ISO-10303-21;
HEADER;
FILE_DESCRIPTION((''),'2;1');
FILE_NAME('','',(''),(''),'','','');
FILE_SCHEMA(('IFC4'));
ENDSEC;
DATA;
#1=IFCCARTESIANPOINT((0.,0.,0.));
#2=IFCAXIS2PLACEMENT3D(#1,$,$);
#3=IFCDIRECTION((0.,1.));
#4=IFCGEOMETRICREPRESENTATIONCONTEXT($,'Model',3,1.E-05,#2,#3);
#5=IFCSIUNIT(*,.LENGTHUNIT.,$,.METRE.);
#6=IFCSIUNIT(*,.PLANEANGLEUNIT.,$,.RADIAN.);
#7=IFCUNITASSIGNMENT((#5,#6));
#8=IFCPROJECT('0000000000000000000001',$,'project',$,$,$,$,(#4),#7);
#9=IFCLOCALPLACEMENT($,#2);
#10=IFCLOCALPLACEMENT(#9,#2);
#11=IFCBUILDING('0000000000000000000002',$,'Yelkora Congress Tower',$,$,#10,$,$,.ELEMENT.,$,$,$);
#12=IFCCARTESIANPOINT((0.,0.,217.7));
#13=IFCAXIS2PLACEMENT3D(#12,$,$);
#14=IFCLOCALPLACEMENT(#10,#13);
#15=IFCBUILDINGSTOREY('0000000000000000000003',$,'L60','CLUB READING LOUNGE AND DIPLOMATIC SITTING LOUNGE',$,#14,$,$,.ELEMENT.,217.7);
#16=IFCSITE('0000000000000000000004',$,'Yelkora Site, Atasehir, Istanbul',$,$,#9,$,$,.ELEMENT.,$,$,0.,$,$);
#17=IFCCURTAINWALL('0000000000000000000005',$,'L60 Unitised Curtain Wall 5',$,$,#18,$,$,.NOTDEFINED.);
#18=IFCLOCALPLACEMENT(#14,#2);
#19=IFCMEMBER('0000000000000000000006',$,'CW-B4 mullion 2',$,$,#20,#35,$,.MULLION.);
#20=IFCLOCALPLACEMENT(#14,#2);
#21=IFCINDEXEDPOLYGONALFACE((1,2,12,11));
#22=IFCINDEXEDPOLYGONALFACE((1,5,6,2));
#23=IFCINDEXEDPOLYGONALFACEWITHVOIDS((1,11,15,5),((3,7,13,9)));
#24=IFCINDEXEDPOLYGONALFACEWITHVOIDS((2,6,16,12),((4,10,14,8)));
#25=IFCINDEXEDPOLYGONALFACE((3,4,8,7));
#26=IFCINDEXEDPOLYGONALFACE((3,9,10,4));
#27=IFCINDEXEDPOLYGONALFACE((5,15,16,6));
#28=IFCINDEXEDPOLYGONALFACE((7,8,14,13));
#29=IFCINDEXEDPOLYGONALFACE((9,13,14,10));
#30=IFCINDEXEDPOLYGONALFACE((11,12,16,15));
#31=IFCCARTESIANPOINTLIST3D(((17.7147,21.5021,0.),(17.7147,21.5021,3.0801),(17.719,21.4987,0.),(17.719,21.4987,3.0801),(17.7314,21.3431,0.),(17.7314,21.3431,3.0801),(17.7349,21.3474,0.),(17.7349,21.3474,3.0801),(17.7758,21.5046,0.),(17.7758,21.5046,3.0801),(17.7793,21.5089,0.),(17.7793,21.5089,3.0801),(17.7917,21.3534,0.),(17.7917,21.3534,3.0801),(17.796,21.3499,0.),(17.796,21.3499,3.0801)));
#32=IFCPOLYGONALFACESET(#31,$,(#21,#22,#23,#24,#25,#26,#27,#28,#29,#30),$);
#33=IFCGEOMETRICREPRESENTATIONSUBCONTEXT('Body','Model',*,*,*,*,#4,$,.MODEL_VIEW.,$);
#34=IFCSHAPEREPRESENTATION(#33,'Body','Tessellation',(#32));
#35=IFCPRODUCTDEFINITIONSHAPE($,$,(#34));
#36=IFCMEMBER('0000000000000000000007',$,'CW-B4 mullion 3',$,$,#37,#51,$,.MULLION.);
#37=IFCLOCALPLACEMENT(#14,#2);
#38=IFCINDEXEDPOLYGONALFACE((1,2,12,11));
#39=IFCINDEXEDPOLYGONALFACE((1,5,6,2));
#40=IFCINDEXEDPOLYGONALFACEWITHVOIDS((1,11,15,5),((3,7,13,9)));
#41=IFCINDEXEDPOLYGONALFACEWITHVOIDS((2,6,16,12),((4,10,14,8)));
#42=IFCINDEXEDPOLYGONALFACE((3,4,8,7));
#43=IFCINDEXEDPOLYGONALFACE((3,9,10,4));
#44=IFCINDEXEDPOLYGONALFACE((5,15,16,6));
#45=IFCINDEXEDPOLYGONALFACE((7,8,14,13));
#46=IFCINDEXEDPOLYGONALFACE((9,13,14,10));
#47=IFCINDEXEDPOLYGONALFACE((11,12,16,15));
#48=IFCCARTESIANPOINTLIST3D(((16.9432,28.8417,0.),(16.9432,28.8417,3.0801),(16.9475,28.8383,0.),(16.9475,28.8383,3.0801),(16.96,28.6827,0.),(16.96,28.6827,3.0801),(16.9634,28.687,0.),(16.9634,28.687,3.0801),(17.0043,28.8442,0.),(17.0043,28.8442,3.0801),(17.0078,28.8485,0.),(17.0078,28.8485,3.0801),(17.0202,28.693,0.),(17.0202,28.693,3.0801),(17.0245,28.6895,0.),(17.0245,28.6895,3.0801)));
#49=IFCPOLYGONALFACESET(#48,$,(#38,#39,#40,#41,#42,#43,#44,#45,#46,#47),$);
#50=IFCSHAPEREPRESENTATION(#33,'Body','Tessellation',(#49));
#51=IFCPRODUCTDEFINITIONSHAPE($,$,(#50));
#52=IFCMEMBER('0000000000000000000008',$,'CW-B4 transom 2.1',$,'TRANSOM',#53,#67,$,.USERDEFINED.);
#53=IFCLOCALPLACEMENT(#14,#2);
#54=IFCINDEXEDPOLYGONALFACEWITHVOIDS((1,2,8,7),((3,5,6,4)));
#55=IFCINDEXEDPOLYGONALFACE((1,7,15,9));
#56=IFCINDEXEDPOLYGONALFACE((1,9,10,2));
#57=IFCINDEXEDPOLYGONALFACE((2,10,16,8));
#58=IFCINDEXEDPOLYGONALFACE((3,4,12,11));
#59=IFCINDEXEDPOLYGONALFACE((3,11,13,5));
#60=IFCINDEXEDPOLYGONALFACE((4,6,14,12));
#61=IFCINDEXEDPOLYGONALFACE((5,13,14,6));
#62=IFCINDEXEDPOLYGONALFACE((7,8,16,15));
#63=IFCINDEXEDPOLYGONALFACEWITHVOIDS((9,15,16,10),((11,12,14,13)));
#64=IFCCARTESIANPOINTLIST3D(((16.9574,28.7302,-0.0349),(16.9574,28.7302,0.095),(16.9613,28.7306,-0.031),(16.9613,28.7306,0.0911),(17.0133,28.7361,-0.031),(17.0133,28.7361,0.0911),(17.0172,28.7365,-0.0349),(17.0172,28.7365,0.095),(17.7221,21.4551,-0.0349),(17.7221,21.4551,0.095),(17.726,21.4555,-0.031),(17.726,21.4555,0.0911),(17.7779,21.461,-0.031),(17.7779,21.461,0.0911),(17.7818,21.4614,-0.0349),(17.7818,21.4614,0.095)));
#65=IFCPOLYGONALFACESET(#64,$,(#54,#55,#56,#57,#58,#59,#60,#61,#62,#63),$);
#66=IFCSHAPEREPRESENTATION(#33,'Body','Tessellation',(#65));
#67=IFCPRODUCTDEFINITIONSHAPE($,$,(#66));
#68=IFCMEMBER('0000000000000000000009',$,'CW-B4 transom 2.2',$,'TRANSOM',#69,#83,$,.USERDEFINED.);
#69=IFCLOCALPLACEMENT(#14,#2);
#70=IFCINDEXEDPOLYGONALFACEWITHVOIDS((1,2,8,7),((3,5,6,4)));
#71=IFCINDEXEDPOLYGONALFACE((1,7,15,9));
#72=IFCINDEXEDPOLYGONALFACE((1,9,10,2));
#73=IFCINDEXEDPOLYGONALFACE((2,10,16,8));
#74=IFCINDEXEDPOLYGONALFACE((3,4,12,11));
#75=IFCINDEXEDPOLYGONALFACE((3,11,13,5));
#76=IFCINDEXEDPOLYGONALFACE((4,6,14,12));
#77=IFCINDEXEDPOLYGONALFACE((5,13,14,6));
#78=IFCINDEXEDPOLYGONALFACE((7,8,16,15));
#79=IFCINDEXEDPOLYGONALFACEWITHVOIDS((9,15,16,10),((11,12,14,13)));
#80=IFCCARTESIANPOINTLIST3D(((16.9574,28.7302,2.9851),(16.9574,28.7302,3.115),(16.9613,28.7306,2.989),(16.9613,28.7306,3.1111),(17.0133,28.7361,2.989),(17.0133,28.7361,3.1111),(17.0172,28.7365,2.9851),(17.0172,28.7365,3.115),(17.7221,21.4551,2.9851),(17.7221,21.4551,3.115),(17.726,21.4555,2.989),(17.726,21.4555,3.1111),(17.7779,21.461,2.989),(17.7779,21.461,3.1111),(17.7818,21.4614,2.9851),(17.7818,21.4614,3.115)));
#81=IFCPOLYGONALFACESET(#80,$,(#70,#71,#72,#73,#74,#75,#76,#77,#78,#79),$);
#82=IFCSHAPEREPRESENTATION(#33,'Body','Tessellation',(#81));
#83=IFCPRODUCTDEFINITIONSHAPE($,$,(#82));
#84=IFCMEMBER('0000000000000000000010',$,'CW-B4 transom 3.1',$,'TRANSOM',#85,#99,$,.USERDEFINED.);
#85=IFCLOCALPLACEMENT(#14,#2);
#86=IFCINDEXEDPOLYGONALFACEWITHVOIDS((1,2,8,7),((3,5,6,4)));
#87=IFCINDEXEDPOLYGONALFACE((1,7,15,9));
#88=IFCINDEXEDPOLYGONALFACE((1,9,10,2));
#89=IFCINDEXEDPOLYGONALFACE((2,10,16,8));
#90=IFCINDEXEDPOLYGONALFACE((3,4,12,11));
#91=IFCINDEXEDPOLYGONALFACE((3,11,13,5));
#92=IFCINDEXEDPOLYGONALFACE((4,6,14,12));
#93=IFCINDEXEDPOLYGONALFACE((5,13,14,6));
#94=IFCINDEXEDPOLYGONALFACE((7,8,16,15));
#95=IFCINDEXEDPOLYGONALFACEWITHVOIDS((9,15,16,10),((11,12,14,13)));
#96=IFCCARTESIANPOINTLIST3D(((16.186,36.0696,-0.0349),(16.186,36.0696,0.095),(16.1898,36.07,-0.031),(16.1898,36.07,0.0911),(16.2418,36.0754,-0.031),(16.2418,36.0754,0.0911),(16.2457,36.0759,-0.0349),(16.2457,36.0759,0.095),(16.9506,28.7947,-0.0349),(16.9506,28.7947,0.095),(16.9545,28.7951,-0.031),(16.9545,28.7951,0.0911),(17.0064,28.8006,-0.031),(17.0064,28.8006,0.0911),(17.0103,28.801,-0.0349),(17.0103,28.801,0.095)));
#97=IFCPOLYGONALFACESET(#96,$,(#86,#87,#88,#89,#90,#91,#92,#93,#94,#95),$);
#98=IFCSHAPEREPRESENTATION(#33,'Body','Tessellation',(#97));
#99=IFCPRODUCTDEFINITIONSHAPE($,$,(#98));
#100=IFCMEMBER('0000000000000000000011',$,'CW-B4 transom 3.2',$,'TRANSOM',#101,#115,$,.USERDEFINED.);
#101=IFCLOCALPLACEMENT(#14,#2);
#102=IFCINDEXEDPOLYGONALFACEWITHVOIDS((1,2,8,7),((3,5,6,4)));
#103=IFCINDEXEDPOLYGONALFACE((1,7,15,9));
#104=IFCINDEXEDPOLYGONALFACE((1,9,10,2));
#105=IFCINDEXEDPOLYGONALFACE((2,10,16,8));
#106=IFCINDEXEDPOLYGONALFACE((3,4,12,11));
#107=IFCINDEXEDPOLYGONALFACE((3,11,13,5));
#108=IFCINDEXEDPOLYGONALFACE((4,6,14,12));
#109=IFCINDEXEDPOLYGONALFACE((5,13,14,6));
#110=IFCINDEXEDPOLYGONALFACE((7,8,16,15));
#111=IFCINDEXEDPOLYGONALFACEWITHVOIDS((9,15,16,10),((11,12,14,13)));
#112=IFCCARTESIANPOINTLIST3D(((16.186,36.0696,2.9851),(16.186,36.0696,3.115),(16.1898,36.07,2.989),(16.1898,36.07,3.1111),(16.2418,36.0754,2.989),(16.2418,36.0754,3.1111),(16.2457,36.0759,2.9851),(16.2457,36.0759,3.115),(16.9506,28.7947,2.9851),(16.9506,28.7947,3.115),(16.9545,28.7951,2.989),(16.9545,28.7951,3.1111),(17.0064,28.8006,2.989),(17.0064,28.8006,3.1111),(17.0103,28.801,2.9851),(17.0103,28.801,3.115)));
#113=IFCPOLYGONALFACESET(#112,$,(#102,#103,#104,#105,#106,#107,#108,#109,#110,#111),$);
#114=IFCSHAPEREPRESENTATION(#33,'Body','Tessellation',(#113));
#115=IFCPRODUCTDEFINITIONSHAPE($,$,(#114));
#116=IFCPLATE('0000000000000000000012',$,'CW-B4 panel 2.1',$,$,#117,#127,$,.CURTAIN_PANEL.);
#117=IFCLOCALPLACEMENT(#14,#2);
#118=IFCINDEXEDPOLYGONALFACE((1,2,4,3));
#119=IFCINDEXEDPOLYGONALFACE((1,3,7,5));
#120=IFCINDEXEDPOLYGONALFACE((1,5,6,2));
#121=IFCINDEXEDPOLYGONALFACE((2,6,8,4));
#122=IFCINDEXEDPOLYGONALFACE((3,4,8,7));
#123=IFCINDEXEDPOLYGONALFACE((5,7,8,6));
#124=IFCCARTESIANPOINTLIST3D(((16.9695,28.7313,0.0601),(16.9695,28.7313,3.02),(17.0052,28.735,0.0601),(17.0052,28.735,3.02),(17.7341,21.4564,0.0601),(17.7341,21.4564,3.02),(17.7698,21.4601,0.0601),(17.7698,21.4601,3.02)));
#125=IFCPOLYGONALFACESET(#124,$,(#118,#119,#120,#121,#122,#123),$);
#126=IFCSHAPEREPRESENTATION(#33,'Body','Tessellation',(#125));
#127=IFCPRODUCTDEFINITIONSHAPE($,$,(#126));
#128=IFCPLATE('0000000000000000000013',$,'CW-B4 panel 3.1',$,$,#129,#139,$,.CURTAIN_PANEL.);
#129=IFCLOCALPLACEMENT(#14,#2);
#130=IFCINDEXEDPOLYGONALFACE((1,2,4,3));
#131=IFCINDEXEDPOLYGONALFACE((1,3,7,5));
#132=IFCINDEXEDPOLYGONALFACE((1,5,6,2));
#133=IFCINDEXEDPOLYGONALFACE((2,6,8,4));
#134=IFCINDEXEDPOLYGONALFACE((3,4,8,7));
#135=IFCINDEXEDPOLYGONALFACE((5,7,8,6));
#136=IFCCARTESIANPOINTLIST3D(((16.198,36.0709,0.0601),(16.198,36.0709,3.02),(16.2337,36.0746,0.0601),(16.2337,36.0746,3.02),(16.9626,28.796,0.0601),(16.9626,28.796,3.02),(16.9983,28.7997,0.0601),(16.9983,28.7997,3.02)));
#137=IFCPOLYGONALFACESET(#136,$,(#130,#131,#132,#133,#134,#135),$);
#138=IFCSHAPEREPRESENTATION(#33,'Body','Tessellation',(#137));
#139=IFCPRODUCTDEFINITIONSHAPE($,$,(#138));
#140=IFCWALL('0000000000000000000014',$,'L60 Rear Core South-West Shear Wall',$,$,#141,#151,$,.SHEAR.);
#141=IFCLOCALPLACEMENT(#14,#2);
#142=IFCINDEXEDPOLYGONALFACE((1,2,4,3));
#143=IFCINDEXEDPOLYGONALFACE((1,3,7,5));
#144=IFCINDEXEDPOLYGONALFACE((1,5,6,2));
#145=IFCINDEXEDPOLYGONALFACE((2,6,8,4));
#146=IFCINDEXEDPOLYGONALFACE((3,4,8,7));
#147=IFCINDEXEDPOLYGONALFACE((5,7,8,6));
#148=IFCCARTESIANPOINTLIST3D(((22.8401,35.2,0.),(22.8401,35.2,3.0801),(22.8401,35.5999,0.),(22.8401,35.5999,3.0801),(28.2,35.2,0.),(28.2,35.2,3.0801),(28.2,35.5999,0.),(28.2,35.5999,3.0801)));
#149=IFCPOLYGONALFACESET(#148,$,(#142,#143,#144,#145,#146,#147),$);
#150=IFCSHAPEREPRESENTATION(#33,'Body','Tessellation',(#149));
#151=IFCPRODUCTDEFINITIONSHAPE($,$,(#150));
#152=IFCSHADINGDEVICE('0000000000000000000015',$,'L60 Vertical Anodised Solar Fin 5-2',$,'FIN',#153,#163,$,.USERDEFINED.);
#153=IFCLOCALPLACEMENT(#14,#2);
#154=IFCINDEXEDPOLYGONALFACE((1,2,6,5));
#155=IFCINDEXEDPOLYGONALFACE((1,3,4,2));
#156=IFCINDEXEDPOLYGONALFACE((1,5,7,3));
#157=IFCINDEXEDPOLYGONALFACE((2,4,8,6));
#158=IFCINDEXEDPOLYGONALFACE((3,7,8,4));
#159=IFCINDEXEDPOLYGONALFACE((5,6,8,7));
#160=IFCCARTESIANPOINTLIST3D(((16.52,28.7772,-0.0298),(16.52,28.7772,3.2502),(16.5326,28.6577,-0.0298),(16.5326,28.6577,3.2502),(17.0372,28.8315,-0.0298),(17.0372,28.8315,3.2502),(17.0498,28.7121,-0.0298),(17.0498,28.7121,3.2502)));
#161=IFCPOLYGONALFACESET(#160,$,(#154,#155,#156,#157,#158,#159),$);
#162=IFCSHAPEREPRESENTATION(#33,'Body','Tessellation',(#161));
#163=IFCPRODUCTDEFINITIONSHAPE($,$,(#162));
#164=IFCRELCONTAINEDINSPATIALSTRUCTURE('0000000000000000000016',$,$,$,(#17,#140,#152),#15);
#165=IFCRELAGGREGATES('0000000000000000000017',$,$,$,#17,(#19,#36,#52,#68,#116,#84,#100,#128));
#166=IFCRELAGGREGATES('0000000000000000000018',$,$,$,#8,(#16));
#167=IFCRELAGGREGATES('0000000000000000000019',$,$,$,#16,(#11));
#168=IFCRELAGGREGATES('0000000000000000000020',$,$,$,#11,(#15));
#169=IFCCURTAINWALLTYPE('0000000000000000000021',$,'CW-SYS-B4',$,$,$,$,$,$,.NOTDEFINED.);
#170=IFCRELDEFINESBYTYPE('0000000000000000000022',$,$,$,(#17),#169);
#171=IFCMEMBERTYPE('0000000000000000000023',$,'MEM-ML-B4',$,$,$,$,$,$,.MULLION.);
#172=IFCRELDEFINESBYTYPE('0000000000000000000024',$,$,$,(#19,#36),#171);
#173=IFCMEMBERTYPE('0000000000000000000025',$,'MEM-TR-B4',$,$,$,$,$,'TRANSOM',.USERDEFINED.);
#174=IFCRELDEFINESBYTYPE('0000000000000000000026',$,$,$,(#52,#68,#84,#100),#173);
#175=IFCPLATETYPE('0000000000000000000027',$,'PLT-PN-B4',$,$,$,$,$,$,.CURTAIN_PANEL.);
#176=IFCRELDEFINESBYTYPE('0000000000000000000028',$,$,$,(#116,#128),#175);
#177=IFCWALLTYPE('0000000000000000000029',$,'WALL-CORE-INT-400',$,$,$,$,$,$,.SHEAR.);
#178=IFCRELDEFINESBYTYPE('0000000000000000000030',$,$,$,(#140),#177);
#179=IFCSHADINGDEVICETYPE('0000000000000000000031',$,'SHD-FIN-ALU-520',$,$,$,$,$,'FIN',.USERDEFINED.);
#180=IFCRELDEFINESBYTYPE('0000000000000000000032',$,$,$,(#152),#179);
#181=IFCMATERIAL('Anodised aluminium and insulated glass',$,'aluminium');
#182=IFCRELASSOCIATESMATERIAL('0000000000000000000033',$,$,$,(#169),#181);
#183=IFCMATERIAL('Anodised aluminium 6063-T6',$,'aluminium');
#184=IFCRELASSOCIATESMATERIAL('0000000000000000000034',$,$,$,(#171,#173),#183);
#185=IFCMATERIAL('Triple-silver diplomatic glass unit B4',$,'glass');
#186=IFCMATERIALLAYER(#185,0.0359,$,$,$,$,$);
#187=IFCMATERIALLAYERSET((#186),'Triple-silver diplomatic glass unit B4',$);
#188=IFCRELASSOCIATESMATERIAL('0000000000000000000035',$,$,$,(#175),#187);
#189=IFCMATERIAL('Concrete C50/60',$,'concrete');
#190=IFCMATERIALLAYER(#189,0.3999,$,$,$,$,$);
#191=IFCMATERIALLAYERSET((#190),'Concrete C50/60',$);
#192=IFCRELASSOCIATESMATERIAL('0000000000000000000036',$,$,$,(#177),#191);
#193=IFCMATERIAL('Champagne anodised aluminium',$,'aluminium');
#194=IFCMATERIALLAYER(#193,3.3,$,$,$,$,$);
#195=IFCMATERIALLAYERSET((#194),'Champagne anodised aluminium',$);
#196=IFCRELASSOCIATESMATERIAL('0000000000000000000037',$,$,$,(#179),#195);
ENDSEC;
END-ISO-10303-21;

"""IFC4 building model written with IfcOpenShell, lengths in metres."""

from ifc_helpers import new_model, si_unit, direction, frame, frame_2d, origin, origin_2d, place, context, subcontext, project, spatial, rectangle, hollow_rectangle, extrude, material, layer, layer_set, material_profile, profile_set, type_object, element, aggregate, save


model = new_model("IFC4")

# Units and contexts
model_context = context("Model", 3, precision=1e-05, world=origin(), true_north=direction((0.0, 1.0)))
body_context = subcontext(model_context, "Body", "Model", "MODEL_VIEW")
ifc_project = project(units=[si_unit("LENGTHUNIT", "METRE"), si_unit("PLANEANGLEUNIT", "RADIAN")], contexts=[model_context])

# Site, building, storey
site_placement = place(None, origin())
site = spatial("IfcSite", under=ifc_project, at=site_placement, Name="Yelkora Site, Atasehir, Istanbul", CompositionType="ELEMENT", RefElevation=0.0)
building_placement = place(site_placement, origin())
building = spatial("IfcBuilding", under=site, at=building_placement, Name="Yelkora Congress Tower", CompositionType="ELEMENT")
storey_placement = place(building_placement, frame((0.0, 0.0, 217.7)))
storey = spatial("IfcBuildingStorey", under=building, at=storey_placement, Name="L60", Description="CLUB READING LOUNGE AND DIPLOMATIC SITTING LOUNGE", CompositionType="ELEMENT", Elevation=217.7)

# Curtain wall, members, plates
ifc_material_1 = material(Name="Anodised aluminium and insulated glass", Category="aluminium")
curtain_wall_type = type_object("IfcCurtainWallType", Name="CW-SYS-B4", PredefinedType="NOTDEFINED", material=ifc_material_1)
curtain_wall_placement = place(storey_placement, origin())
curtain_wall = element("IfcCurtainWall", 1, at=curtain_wall_placement, inside=storey, type_object=curtain_wall_type, Name="L60 Unitised Curtain Wall 5", PredefinedType="NOTDEFINED")
ifc_material_2 = material(Name="Anodised aluminium 6063-T6", Category="aluminium")
ifc_material_profile_1 = material_profile(ifc_material_2, hollow_rectangle(XDim=0.0649, YDim=0.1599, WallThickness=0.0039, at=origin_2d()), Name="ALU 65x160x4")
ifc_profile_set_1 = profile_set([ifc_material_profile_1], Name="Anodised aluminium 6063-T6")
member_type_1 = type_object("IfcMemberType", Name="MEM-ML-B4", PredefinedType="MULLION", material=ifc_profile_set_1)
member_1_placement = place(storey_placement, frame((17.7554, 21.426, 0.0), z_axis=(0.0, 0.0, 1.0), x_axis=(-0.994522, -0.104526, 0.0)))
member_1 = element("IfcMember", 2, at=member_1_placement, type_object=member_type_1, Name="CW-B4 mullion 2", PredefinedType="MULLION", context=body_context, shape_type="SweptSolid", body=[
    extrude(hollow_rectangle(XDim=0.0649, YDim=0.1599, WallThickness=0.0039, at=origin_2d()), origin(), (0.0, 0.0, 1.0), 3.0801),
])
member_2_placement = place(storey_placement, frame((16.9839, 28.7656, 0.0), z_axis=(0.0, 0.0, 1.0), x_axis=(-0.994522, -0.104526, 0.0)))
member_2 = element("IfcMember", 3, at=member_2_placement, type_object=member_type_1, Name="CW-B4 mullion 3", PredefinedType="MULLION", context=body_context, shape_type="SweptSolid", body=[
    extrude(hollow_rectangle(XDim=0.0649, YDim=0.1599, WallThickness=0.0039, at=origin_2d()), origin(), (0.0, 0.0, 1.0), 3.0801),
])
ifc_material_profile_2 = material_profile(ifc_material_2, hollow_rectangle(XDim=0.0601, YDim=0.1299, WallThickness=0.0039, at=origin_2d()), Name="ALU 60x130x4")
ifc_profile_set_2 = profile_set([ifc_material_profile_2], Name="Anodised aluminium 6063-T6")
member_type_2 = type_object("IfcMemberType", Name="MEM-TR-B4", ElementType="TRANSOM", PredefinedType="USERDEFINED", material=ifc_profile_set_2)
member_3_placement = place(storey_placement, frame((17.752, 21.4583, 0.03), z_axis=(-0.104528, 0.994522, 0.0), x_axis=(-0.994522, -0.104528, 0.0)))
member_3 = element("IfcMember", 4, at=member_3_placement, type_object=member_type_2, Name="CW-B4 transom 2.1", ObjectType="TRANSOM", PredefinedType="USERDEFINED", context=body_context, shape_type="SweptSolid", body=[
    extrude(hollow_rectangle(XDim=0.0601, YDim=0.1299, WallThickness=0.0039, at=origin_2d()), origin(), (0.0, 0.0, 1.0), 7.3152),
])
member_4_placement = place(storey_placement, frame((17.752, 21.4583, 3.05), z_axis=(-0.104528, 0.994522, 0.0), x_axis=(-0.994522, -0.104528, 0.0)))
member_4 = element("IfcMember", 5, at=member_4_placement, type_object=member_type_2, Name="CW-B4 transom 2.2", ObjectType="TRANSOM", PredefinedType="USERDEFINED", context=body_context, shape_type="SweptSolid", body=[
    extrude(hollow_rectangle(XDim=0.0601, YDim=0.1299, WallThickness=0.0039, at=origin_2d()), origin(), (0.0, 0.0, 1.0), 7.3152),
])
member_5_placement = place(storey_placement, frame((16.9805, 28.7979, 0.03), z_axis=(-0.104532, 0.994522, 0.0), x_axis=(-0.994522, -0.104532, 0.0)))
member_5 = element("IfcMember", 6, at=member_5_placement, type_object=member_type_2, Name="CW-B4 transom 3.1", ObjectType="TRANSOM", PredefinedType="USERDEFINED", context=body_context, shape_type="SweptSolid", body=[
    extrude(hollow_rectangle(XDim=0.0601, YDim=0.1299, WallThickness=0.0039, at=origin_2d()), origin(), (0.0, 0.0, 1.0), 7.3149),
])
member_6_placement = place(storey_placement, frame((16.9805, 28.7979, 3.05), z_axis=(-0.104532, 0.994522, 0.0), x_axis=(-0.994522, -0.104532, 0.0)))
member_6 = element("IfcMember", 7, at=member_6_placement, type_object=member_type_2, Name="CW-B4 transom 3.2", ObjectType="TRANSOM", PredefinedType="USERDEFINED", context=body_context, shape_type="SweptSolid", body=[
    extrude(hollow_rectangle(XDim=0.0601, YDim=0.1299, WallThickness=0.0039, at=origin_2d()), origin(), (0.0, 0.0, 1.0), 7.3149),
])
ifc_material_3 = material(Name="Triple-silver diplomatic glass unit B4", Category="glass")
ifc_layer_1 = layer(ifc_material_3, 0.0359)
ifc_layer_set_1 = layer_set([ifc_layer_1], Name="Triple-silver diplomatic glass unit B4")
plate_type = type_object("IfcPlateType", Name="PLT-PN-B4", PredefinedType="CURTAIN_PANEL", material=ifc_layer_set_1)
plate_1_placement = place(storey_placement, frame((17.3696, 25.0957, 0.0601), z_axis=(0.0, 0.0, 1.0), x_axis=(-0.104526, 0.994522, 0.0)))
plate_1 = element("IfcPlate", 8, at=plate_1_placement, type_object=plate_type, Name="CW-B4 panel 2.1", PredefinedType="CURTAIN_PANEL", context=body_context, shape_type="SweptSolid", body=[
    extrude(rectangle(XDim=7.3149, YDim=0.0359, at=origin_2d()), origin(), (0.0, 0.0, 1.0), 2.96),
])
plate_2_placement = place(storey_placement, frame((16.5981, 32.4353, 0.0601), z_axis=(0.0, 0.0, 1.0), x_axis=(-0.104526, 0.994522, 0.0)))
plate_2 = element("IfcPlate", 9, at=plate_2_placement, type_object=plate_type, Name="CW-B4 panel 3.1", PredefinedType="CURTAIN_PANEL", context=body_context, shape_type="SweptSolid", body=[
    extrude(rectangle(XDim=7.3149, YDim=0.0359, at=origin_2d()), origin(), (0.0, 0.0, 1.0), 2.96),
])
aggregate(curtain_wall, [member_1, member_2, member_3, member_4, plate_1, member_5, member_6, plate_2])

# Wall
ifc_material_4 = material(Name="Concrete C50/60", Category="concrete")
ifc_layer_2 = layer(ifc_material_4, 0.3999)
ifc_layer_set_2 = layer_set([ifc_layer_2], Name="Concrete C50/60")
wall_type = type_object("IfcWallType", Name="WALL-CORE-INT-400", PredefinedType="SHEAR", material=ifc_layer_set_2)
wall_placement = place(storey_placement, frame((22.8401, 35.3999, 0.0), z_axis=(0.0, 0.0, 1.0), x_axis=(1.0, 0.0, 0.0)))
element("IfcWall", 10, at=wall_placement, inside=storey, type_object=wall_type, Name="L60 Rear Core South-West Shear Wall", PredefinedType="SHEAR", context=body_context, shape_type="SweptSolid", body=[
    extrude(rectangle(XDim=5.3599, YDim=0.3999, at=frame_2d((2.6799, 0.0))), origin(), (0.0, 0.0, 1.0), 3.0801),
])

# Shading device
ifc_material_5 = material(Name="Champagne anodised aluminium", Category="aluminium")
ifc_layer_3 = layer(ifc_material_5, 3.3)
ifc_layer_set_3 = layer_set([ifc_layer_3], Name="Champagne anodised aluminium")
shading_device_type = type_object("IfcShadingDeviceType", Name="SHD-FIN-ALU-520", ElementType="FIN", PredefinedType="USERDEFINED", material=ifc_layer_set_3)
shading_device_placement = place(storey_placement, frame((16.7849, 28.7446, -0.0298), z_axis=(0.0, 0.0, 1.0), x_axis=(-0.104528, 0.994522, 0.0)))
element("IfcShadingDevice", 11, at=shading_device_placement, inside=storey, type_object=shading_device_type, Name="L60 Vertical Anodised Solar Fin 5-2", ObjectType="FIN", PredefinedType="USERDEFINED", context=body_context, shape_type="SweptSolid", body=[
    extrude(rectangle(XDim=0.1201, YDim=0.52, at=origin_2d()), origin(), (0.0, 0.0, 1.0), 3.28),
])

save(model, "model.ifc")
